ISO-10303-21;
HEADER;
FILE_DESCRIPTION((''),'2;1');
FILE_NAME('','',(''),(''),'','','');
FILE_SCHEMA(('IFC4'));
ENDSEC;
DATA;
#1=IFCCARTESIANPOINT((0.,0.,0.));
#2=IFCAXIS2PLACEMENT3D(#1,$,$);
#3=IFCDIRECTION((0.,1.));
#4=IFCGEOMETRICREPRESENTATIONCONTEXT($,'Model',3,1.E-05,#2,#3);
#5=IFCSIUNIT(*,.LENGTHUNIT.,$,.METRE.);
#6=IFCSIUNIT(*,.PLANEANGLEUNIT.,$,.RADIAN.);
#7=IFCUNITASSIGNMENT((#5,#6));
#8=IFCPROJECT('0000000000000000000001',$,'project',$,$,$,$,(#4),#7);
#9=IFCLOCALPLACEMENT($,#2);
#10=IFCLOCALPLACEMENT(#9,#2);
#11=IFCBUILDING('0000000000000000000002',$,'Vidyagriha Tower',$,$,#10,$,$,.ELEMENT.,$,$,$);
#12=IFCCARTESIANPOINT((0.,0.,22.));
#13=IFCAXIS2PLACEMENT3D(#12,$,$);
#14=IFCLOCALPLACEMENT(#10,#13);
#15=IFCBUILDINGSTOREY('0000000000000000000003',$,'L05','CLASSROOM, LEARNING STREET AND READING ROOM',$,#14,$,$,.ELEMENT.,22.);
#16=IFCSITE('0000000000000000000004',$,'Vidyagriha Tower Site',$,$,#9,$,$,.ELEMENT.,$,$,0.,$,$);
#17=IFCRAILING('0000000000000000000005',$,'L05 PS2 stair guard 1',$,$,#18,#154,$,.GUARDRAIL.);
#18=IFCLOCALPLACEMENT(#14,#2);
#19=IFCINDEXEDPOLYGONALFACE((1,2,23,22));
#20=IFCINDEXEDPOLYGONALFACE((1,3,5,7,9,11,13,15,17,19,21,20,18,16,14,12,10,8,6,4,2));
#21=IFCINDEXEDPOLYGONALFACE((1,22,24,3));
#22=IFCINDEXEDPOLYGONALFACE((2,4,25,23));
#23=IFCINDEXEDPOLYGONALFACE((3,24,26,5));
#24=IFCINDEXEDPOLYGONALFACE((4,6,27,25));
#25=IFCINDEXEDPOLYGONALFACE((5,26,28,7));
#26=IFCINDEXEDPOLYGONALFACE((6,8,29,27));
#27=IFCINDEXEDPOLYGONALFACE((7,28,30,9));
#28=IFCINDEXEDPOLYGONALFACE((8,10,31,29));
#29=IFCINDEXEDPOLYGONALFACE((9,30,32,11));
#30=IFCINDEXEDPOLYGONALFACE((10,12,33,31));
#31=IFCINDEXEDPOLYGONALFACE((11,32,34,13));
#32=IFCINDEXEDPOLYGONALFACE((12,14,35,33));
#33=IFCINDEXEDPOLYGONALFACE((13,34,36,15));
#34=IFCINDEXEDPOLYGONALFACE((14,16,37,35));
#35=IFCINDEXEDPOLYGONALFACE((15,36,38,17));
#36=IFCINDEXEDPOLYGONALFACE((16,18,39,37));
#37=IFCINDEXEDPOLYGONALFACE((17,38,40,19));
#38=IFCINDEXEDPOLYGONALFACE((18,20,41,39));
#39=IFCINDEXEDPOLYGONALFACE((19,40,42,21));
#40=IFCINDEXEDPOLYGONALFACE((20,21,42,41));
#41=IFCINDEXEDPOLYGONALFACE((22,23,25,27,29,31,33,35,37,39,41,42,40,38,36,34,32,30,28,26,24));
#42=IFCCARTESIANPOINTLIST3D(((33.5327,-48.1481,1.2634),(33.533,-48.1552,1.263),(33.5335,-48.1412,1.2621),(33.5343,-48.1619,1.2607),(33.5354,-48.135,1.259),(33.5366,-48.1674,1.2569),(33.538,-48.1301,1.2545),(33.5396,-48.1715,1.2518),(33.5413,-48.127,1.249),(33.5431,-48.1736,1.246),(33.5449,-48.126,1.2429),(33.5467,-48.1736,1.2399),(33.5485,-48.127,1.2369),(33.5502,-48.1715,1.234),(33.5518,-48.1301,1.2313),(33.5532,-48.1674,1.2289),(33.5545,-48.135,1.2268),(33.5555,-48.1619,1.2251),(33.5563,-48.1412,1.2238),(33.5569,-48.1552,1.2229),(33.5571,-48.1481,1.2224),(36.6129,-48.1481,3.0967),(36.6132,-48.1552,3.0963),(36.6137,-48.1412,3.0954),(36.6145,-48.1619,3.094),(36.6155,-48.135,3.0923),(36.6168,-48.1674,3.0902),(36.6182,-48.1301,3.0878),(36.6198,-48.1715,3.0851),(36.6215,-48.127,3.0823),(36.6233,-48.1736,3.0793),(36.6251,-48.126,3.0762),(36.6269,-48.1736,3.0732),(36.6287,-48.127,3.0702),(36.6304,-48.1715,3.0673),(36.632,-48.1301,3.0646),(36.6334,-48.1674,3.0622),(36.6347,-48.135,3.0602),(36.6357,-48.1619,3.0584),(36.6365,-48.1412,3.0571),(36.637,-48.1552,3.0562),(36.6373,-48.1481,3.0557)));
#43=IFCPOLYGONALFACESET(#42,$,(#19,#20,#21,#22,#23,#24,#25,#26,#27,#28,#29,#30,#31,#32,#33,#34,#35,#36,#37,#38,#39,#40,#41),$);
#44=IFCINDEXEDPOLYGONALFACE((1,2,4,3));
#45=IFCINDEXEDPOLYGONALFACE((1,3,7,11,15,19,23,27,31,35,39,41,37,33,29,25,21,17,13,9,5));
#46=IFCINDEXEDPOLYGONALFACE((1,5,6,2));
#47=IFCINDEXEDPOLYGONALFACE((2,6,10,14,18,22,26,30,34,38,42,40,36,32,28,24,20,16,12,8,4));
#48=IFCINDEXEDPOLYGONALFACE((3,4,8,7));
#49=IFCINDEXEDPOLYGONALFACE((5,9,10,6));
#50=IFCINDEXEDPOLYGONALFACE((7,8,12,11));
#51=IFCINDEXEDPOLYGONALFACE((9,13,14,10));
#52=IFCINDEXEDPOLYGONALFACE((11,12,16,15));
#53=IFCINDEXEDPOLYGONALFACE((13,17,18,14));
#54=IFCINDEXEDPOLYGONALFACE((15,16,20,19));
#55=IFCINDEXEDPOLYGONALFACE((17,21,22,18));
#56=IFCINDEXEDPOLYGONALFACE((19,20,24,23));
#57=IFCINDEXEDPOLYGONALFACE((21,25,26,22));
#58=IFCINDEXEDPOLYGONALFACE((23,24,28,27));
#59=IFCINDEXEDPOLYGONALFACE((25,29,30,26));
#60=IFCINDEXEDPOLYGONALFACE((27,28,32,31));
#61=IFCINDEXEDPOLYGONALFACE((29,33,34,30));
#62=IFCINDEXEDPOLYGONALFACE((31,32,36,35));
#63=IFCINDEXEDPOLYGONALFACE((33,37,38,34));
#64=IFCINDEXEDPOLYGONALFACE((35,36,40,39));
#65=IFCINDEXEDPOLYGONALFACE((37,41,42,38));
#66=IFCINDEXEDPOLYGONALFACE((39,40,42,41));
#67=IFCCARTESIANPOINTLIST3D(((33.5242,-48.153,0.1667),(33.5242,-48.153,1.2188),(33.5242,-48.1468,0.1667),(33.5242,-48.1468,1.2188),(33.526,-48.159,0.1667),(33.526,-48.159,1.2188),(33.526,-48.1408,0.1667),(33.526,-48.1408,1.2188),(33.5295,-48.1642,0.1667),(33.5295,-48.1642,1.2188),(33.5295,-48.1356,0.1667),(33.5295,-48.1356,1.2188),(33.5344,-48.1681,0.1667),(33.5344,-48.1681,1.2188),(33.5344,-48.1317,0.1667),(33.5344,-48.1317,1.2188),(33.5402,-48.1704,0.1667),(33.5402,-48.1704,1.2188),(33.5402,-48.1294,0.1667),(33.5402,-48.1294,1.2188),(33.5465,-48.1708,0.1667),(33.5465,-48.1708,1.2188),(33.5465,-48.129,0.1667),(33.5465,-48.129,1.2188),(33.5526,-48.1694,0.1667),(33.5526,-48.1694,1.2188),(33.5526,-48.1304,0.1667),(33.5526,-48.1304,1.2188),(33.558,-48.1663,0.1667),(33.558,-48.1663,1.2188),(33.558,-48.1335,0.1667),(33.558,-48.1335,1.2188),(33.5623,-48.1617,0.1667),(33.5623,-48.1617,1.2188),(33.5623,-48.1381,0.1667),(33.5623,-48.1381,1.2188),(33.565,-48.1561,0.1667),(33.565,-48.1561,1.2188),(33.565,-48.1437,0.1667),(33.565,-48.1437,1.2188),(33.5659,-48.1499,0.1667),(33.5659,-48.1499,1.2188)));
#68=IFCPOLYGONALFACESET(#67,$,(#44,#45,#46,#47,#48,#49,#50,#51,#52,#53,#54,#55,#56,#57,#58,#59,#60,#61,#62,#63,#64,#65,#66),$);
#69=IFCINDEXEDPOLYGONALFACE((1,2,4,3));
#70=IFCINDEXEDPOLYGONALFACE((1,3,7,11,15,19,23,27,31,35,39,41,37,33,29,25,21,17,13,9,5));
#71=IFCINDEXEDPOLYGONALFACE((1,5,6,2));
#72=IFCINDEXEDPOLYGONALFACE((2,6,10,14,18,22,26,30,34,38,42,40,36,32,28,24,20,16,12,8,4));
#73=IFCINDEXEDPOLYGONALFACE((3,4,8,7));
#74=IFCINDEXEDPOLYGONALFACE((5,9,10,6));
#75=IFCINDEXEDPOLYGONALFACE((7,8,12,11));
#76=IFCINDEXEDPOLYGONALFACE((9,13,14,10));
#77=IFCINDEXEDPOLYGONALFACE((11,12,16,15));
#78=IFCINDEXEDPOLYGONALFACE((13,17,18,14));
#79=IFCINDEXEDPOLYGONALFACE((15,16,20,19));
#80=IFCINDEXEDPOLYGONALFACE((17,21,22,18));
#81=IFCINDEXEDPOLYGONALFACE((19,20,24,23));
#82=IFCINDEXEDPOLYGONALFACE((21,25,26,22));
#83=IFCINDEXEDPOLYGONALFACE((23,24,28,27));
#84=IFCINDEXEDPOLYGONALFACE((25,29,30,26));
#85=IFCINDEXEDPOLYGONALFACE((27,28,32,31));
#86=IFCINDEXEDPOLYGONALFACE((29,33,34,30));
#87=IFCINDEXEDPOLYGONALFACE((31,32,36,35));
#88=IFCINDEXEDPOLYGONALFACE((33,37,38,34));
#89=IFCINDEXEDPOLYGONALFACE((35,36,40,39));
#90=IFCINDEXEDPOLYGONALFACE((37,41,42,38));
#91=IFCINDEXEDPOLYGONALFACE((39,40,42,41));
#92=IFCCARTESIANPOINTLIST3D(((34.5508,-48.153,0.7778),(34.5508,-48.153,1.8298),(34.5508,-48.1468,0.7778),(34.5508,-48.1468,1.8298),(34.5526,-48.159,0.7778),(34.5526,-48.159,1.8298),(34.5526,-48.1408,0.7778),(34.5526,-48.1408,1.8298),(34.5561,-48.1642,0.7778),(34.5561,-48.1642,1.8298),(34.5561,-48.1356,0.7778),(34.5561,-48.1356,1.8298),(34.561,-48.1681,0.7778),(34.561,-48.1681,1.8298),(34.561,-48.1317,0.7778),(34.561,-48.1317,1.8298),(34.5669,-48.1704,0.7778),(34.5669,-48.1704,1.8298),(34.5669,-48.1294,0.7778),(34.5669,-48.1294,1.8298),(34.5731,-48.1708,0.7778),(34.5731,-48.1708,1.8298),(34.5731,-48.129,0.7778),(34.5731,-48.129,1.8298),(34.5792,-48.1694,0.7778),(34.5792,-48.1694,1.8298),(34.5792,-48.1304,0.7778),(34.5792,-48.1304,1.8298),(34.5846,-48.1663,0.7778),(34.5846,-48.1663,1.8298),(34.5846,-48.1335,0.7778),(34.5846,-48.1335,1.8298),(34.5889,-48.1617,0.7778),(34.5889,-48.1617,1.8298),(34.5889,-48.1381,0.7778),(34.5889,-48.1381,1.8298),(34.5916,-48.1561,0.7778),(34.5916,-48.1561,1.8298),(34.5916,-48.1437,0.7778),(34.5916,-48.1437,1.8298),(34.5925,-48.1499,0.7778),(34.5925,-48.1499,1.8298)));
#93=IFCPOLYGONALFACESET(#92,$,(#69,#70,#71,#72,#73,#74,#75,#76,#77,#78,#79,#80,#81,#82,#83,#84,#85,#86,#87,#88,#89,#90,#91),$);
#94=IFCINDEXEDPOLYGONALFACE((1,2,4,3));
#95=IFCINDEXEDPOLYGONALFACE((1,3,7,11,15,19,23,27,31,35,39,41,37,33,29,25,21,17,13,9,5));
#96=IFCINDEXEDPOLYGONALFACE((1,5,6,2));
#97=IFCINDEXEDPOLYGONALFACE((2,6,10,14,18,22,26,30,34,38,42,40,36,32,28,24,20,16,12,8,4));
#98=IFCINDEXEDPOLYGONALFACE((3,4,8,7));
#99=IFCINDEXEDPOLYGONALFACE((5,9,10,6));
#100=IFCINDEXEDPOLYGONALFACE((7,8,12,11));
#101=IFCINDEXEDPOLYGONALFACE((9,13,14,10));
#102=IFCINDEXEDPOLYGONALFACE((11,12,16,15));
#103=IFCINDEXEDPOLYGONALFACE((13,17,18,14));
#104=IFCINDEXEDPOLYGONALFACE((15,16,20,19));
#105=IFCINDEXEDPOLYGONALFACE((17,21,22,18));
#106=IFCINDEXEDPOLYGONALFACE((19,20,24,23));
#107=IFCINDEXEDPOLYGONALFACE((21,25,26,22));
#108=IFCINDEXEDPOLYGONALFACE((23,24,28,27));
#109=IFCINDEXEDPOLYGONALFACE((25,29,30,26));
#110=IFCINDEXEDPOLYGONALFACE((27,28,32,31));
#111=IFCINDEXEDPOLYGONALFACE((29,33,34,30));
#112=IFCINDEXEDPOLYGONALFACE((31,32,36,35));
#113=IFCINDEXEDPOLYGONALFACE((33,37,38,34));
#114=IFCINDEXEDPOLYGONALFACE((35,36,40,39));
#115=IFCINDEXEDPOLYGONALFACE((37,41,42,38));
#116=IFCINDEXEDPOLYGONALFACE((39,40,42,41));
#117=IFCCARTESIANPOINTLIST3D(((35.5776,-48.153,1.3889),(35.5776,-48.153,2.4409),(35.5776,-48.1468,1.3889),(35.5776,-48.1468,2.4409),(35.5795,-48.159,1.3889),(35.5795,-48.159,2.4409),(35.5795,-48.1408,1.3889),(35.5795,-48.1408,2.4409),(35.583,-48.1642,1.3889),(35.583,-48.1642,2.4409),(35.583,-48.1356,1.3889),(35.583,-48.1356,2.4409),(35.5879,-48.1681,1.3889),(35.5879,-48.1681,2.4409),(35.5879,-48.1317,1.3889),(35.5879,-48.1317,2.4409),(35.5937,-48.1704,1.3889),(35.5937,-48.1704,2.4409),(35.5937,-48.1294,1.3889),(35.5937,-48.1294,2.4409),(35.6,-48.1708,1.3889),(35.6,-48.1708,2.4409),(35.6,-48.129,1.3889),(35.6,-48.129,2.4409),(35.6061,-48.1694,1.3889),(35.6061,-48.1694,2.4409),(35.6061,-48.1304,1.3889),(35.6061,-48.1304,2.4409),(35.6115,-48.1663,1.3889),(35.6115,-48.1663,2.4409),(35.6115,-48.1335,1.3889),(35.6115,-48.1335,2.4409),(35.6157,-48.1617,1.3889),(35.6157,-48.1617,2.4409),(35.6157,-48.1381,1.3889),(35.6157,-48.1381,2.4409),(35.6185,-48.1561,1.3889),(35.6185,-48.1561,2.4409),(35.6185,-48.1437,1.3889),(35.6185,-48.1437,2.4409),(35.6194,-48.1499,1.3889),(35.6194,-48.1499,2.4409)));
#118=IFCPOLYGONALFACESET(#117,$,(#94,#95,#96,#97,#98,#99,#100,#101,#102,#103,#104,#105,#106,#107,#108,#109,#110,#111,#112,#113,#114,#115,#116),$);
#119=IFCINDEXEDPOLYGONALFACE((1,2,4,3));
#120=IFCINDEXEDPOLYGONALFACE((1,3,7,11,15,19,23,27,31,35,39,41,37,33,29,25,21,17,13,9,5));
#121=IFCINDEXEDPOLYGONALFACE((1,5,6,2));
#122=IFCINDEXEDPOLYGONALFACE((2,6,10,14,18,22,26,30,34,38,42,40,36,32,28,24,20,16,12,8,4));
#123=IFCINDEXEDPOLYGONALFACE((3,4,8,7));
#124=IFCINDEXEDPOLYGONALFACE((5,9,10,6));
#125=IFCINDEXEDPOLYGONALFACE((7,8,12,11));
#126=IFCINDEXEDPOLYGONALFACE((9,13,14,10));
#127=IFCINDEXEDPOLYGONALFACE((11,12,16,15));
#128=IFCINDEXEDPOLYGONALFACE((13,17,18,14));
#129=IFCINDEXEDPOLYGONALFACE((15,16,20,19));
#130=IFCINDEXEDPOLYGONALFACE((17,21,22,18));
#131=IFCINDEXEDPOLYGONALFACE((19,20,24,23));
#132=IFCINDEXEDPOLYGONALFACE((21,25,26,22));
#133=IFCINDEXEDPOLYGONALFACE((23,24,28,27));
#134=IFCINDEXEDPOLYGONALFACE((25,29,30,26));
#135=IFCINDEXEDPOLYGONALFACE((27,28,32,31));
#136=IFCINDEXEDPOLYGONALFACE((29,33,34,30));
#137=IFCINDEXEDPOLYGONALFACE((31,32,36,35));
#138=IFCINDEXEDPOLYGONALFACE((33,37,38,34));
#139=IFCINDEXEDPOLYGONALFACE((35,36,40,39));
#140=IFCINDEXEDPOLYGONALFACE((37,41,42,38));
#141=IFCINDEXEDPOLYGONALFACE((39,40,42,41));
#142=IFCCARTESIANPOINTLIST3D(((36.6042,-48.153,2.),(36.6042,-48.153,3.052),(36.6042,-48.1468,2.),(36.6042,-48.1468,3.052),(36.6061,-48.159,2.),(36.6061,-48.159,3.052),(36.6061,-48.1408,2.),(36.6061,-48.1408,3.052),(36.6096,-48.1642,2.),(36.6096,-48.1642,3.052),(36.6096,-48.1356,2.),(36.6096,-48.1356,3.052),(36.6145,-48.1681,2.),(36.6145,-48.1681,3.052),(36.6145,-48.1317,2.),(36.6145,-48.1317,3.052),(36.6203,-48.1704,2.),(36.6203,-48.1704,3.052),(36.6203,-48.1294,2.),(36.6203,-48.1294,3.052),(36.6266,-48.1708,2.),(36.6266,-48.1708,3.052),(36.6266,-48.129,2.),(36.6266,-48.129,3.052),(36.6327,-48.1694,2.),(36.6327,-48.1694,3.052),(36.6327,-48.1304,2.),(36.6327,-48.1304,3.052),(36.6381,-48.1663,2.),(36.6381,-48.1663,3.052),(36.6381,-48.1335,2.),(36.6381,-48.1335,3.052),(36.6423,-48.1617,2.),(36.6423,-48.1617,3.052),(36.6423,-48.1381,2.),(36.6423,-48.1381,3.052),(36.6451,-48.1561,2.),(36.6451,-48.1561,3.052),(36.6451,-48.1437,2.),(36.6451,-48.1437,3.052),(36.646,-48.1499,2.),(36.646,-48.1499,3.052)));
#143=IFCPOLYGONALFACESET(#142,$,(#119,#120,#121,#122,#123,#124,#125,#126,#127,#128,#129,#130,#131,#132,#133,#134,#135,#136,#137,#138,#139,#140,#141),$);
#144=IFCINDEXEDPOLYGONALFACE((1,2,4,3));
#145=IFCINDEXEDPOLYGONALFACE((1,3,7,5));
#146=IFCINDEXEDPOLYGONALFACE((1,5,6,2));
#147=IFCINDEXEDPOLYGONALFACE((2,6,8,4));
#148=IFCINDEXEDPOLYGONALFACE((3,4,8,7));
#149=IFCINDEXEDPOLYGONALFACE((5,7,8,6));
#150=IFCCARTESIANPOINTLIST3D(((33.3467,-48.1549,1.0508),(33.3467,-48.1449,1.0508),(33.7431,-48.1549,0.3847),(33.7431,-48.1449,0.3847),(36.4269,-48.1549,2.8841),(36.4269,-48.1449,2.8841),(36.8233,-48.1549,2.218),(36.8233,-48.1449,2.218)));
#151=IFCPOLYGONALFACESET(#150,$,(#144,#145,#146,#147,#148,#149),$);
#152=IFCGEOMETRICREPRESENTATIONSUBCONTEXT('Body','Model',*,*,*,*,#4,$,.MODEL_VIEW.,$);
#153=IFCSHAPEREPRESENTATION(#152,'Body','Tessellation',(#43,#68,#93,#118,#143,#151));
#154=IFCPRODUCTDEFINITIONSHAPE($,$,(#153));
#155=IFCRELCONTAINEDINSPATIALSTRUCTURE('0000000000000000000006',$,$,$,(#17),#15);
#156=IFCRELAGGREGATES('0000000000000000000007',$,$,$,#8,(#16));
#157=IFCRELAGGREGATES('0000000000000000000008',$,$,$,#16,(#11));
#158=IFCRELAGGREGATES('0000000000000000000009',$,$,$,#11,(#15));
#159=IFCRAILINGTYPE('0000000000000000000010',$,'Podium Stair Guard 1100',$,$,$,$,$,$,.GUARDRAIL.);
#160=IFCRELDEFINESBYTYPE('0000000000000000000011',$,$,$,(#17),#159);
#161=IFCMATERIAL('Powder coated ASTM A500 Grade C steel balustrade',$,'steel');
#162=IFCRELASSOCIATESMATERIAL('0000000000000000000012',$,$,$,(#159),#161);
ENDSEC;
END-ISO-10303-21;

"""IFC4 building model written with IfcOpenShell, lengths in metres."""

from ifc_helpers import new_model, si_unit, direction, frame, origin, origin_2d, place, context, subcontext, project, spatial, rectangle, circle, extrude, material, type_object, element, save


model = new_model("IFC4")

# Units and contexts
model_context = context("Model", 3, precision=1e-05, world=origin(), true_north=direction((0.0, 1.0)))
body_context = subcontext(model_context, "Body", "Model", "MODEL_VIEW")
ifc_project = project(units=[si_unit("LENGTHUNIT", "METRE"), si_unit("PLANEANGLEUNIT", "RADIAN")], contexts=[model_context])

# Site, building, storey
site_placement = place(None, origin())
site = spatial("IfcSite", under=ifc_project, at=site_placement, Name="Vidyagriha Tower Site", CompositionType="ELEMENT", RefElevation=0.0)
building_placement = place(site_placement, origin())
building = spatial("IfcBuilding", under=site, at=building_placement, Name="Vidyagriha Tower", CompositionType="ELEMENT")
storey_placement = place(building_placement, frame((0.0, 0.0, 22.0)))
storey = spatial("IfcBuildingStorey", under=building, at=storey_placement, Name="L05", Description="CLASSROOM, LEARNING STREET AND READING ROOM", CompositionType="ELEMENT", Elevation=22.0)

# Railing
ifc_material_1 = material(Name="Powder coated ASTM A500 Grade C steel balustrade", Category="steel")
railing_type_1 = type_object("IfcRailingType", Name="Podium Stair Guard 1100", PredefinedType="GUARDRAIL", material=ifc_material_1)
railing_1_placement = place(storey_placement, frame((33.5449, -48.1499, 0.1667)))
element("IfcRailing", 1, at=railing_1_placement, inside=storey, type_object=railing_type_1, Name="L05 PS2 stair guard 1", PredefinedType="GUARDRAIL", context=body_context, shape_type="SweptSolid", body=[
    extrude(circle(Radius=0.0239, at=origin_2d()), frame((0.0, 0.0, 1.0762), z_axis=(0.859309, 0.0, 0.511458), x_axis=(0.0, 1.0, 0.0)), (0.0, 0.0, 1.0), 3.5845),
    extrude(circle(Radius=0.021, at=origin_2d()), origin(), (0.0, 0.0, 1.0), 1.052),
    extrude(circle(Radius=0.021, at=origin_2d()), frame((1.0266, 0.0, 0.6111)), (0.0, 0.0, 1.0), 1.052),
    extrude(circle(Radius=0.021, at=origin_2d()), frame((2.0535, 0.0, 1.2222)), (0.0, 0.0, 1.0), 1.052),
    extrude(circle(Radius=0.021, at=origin_2d()), frame((3.0801, 0.0, 1.8333)), (0.0, 0.0, 1.0), 1.052),
    extrude(rectangle(XDim=0.01, YDim=0.7751, at=origin_2d()), frame((0.0, 0.0, 0.551), z_axis=(0.859309, 0.0, 0.511458), x_axis=(0.0, 1.0, 0.0)), (0.0, 0.0, 1.0), 3.5845),
])

save(model, "model.ifc")
